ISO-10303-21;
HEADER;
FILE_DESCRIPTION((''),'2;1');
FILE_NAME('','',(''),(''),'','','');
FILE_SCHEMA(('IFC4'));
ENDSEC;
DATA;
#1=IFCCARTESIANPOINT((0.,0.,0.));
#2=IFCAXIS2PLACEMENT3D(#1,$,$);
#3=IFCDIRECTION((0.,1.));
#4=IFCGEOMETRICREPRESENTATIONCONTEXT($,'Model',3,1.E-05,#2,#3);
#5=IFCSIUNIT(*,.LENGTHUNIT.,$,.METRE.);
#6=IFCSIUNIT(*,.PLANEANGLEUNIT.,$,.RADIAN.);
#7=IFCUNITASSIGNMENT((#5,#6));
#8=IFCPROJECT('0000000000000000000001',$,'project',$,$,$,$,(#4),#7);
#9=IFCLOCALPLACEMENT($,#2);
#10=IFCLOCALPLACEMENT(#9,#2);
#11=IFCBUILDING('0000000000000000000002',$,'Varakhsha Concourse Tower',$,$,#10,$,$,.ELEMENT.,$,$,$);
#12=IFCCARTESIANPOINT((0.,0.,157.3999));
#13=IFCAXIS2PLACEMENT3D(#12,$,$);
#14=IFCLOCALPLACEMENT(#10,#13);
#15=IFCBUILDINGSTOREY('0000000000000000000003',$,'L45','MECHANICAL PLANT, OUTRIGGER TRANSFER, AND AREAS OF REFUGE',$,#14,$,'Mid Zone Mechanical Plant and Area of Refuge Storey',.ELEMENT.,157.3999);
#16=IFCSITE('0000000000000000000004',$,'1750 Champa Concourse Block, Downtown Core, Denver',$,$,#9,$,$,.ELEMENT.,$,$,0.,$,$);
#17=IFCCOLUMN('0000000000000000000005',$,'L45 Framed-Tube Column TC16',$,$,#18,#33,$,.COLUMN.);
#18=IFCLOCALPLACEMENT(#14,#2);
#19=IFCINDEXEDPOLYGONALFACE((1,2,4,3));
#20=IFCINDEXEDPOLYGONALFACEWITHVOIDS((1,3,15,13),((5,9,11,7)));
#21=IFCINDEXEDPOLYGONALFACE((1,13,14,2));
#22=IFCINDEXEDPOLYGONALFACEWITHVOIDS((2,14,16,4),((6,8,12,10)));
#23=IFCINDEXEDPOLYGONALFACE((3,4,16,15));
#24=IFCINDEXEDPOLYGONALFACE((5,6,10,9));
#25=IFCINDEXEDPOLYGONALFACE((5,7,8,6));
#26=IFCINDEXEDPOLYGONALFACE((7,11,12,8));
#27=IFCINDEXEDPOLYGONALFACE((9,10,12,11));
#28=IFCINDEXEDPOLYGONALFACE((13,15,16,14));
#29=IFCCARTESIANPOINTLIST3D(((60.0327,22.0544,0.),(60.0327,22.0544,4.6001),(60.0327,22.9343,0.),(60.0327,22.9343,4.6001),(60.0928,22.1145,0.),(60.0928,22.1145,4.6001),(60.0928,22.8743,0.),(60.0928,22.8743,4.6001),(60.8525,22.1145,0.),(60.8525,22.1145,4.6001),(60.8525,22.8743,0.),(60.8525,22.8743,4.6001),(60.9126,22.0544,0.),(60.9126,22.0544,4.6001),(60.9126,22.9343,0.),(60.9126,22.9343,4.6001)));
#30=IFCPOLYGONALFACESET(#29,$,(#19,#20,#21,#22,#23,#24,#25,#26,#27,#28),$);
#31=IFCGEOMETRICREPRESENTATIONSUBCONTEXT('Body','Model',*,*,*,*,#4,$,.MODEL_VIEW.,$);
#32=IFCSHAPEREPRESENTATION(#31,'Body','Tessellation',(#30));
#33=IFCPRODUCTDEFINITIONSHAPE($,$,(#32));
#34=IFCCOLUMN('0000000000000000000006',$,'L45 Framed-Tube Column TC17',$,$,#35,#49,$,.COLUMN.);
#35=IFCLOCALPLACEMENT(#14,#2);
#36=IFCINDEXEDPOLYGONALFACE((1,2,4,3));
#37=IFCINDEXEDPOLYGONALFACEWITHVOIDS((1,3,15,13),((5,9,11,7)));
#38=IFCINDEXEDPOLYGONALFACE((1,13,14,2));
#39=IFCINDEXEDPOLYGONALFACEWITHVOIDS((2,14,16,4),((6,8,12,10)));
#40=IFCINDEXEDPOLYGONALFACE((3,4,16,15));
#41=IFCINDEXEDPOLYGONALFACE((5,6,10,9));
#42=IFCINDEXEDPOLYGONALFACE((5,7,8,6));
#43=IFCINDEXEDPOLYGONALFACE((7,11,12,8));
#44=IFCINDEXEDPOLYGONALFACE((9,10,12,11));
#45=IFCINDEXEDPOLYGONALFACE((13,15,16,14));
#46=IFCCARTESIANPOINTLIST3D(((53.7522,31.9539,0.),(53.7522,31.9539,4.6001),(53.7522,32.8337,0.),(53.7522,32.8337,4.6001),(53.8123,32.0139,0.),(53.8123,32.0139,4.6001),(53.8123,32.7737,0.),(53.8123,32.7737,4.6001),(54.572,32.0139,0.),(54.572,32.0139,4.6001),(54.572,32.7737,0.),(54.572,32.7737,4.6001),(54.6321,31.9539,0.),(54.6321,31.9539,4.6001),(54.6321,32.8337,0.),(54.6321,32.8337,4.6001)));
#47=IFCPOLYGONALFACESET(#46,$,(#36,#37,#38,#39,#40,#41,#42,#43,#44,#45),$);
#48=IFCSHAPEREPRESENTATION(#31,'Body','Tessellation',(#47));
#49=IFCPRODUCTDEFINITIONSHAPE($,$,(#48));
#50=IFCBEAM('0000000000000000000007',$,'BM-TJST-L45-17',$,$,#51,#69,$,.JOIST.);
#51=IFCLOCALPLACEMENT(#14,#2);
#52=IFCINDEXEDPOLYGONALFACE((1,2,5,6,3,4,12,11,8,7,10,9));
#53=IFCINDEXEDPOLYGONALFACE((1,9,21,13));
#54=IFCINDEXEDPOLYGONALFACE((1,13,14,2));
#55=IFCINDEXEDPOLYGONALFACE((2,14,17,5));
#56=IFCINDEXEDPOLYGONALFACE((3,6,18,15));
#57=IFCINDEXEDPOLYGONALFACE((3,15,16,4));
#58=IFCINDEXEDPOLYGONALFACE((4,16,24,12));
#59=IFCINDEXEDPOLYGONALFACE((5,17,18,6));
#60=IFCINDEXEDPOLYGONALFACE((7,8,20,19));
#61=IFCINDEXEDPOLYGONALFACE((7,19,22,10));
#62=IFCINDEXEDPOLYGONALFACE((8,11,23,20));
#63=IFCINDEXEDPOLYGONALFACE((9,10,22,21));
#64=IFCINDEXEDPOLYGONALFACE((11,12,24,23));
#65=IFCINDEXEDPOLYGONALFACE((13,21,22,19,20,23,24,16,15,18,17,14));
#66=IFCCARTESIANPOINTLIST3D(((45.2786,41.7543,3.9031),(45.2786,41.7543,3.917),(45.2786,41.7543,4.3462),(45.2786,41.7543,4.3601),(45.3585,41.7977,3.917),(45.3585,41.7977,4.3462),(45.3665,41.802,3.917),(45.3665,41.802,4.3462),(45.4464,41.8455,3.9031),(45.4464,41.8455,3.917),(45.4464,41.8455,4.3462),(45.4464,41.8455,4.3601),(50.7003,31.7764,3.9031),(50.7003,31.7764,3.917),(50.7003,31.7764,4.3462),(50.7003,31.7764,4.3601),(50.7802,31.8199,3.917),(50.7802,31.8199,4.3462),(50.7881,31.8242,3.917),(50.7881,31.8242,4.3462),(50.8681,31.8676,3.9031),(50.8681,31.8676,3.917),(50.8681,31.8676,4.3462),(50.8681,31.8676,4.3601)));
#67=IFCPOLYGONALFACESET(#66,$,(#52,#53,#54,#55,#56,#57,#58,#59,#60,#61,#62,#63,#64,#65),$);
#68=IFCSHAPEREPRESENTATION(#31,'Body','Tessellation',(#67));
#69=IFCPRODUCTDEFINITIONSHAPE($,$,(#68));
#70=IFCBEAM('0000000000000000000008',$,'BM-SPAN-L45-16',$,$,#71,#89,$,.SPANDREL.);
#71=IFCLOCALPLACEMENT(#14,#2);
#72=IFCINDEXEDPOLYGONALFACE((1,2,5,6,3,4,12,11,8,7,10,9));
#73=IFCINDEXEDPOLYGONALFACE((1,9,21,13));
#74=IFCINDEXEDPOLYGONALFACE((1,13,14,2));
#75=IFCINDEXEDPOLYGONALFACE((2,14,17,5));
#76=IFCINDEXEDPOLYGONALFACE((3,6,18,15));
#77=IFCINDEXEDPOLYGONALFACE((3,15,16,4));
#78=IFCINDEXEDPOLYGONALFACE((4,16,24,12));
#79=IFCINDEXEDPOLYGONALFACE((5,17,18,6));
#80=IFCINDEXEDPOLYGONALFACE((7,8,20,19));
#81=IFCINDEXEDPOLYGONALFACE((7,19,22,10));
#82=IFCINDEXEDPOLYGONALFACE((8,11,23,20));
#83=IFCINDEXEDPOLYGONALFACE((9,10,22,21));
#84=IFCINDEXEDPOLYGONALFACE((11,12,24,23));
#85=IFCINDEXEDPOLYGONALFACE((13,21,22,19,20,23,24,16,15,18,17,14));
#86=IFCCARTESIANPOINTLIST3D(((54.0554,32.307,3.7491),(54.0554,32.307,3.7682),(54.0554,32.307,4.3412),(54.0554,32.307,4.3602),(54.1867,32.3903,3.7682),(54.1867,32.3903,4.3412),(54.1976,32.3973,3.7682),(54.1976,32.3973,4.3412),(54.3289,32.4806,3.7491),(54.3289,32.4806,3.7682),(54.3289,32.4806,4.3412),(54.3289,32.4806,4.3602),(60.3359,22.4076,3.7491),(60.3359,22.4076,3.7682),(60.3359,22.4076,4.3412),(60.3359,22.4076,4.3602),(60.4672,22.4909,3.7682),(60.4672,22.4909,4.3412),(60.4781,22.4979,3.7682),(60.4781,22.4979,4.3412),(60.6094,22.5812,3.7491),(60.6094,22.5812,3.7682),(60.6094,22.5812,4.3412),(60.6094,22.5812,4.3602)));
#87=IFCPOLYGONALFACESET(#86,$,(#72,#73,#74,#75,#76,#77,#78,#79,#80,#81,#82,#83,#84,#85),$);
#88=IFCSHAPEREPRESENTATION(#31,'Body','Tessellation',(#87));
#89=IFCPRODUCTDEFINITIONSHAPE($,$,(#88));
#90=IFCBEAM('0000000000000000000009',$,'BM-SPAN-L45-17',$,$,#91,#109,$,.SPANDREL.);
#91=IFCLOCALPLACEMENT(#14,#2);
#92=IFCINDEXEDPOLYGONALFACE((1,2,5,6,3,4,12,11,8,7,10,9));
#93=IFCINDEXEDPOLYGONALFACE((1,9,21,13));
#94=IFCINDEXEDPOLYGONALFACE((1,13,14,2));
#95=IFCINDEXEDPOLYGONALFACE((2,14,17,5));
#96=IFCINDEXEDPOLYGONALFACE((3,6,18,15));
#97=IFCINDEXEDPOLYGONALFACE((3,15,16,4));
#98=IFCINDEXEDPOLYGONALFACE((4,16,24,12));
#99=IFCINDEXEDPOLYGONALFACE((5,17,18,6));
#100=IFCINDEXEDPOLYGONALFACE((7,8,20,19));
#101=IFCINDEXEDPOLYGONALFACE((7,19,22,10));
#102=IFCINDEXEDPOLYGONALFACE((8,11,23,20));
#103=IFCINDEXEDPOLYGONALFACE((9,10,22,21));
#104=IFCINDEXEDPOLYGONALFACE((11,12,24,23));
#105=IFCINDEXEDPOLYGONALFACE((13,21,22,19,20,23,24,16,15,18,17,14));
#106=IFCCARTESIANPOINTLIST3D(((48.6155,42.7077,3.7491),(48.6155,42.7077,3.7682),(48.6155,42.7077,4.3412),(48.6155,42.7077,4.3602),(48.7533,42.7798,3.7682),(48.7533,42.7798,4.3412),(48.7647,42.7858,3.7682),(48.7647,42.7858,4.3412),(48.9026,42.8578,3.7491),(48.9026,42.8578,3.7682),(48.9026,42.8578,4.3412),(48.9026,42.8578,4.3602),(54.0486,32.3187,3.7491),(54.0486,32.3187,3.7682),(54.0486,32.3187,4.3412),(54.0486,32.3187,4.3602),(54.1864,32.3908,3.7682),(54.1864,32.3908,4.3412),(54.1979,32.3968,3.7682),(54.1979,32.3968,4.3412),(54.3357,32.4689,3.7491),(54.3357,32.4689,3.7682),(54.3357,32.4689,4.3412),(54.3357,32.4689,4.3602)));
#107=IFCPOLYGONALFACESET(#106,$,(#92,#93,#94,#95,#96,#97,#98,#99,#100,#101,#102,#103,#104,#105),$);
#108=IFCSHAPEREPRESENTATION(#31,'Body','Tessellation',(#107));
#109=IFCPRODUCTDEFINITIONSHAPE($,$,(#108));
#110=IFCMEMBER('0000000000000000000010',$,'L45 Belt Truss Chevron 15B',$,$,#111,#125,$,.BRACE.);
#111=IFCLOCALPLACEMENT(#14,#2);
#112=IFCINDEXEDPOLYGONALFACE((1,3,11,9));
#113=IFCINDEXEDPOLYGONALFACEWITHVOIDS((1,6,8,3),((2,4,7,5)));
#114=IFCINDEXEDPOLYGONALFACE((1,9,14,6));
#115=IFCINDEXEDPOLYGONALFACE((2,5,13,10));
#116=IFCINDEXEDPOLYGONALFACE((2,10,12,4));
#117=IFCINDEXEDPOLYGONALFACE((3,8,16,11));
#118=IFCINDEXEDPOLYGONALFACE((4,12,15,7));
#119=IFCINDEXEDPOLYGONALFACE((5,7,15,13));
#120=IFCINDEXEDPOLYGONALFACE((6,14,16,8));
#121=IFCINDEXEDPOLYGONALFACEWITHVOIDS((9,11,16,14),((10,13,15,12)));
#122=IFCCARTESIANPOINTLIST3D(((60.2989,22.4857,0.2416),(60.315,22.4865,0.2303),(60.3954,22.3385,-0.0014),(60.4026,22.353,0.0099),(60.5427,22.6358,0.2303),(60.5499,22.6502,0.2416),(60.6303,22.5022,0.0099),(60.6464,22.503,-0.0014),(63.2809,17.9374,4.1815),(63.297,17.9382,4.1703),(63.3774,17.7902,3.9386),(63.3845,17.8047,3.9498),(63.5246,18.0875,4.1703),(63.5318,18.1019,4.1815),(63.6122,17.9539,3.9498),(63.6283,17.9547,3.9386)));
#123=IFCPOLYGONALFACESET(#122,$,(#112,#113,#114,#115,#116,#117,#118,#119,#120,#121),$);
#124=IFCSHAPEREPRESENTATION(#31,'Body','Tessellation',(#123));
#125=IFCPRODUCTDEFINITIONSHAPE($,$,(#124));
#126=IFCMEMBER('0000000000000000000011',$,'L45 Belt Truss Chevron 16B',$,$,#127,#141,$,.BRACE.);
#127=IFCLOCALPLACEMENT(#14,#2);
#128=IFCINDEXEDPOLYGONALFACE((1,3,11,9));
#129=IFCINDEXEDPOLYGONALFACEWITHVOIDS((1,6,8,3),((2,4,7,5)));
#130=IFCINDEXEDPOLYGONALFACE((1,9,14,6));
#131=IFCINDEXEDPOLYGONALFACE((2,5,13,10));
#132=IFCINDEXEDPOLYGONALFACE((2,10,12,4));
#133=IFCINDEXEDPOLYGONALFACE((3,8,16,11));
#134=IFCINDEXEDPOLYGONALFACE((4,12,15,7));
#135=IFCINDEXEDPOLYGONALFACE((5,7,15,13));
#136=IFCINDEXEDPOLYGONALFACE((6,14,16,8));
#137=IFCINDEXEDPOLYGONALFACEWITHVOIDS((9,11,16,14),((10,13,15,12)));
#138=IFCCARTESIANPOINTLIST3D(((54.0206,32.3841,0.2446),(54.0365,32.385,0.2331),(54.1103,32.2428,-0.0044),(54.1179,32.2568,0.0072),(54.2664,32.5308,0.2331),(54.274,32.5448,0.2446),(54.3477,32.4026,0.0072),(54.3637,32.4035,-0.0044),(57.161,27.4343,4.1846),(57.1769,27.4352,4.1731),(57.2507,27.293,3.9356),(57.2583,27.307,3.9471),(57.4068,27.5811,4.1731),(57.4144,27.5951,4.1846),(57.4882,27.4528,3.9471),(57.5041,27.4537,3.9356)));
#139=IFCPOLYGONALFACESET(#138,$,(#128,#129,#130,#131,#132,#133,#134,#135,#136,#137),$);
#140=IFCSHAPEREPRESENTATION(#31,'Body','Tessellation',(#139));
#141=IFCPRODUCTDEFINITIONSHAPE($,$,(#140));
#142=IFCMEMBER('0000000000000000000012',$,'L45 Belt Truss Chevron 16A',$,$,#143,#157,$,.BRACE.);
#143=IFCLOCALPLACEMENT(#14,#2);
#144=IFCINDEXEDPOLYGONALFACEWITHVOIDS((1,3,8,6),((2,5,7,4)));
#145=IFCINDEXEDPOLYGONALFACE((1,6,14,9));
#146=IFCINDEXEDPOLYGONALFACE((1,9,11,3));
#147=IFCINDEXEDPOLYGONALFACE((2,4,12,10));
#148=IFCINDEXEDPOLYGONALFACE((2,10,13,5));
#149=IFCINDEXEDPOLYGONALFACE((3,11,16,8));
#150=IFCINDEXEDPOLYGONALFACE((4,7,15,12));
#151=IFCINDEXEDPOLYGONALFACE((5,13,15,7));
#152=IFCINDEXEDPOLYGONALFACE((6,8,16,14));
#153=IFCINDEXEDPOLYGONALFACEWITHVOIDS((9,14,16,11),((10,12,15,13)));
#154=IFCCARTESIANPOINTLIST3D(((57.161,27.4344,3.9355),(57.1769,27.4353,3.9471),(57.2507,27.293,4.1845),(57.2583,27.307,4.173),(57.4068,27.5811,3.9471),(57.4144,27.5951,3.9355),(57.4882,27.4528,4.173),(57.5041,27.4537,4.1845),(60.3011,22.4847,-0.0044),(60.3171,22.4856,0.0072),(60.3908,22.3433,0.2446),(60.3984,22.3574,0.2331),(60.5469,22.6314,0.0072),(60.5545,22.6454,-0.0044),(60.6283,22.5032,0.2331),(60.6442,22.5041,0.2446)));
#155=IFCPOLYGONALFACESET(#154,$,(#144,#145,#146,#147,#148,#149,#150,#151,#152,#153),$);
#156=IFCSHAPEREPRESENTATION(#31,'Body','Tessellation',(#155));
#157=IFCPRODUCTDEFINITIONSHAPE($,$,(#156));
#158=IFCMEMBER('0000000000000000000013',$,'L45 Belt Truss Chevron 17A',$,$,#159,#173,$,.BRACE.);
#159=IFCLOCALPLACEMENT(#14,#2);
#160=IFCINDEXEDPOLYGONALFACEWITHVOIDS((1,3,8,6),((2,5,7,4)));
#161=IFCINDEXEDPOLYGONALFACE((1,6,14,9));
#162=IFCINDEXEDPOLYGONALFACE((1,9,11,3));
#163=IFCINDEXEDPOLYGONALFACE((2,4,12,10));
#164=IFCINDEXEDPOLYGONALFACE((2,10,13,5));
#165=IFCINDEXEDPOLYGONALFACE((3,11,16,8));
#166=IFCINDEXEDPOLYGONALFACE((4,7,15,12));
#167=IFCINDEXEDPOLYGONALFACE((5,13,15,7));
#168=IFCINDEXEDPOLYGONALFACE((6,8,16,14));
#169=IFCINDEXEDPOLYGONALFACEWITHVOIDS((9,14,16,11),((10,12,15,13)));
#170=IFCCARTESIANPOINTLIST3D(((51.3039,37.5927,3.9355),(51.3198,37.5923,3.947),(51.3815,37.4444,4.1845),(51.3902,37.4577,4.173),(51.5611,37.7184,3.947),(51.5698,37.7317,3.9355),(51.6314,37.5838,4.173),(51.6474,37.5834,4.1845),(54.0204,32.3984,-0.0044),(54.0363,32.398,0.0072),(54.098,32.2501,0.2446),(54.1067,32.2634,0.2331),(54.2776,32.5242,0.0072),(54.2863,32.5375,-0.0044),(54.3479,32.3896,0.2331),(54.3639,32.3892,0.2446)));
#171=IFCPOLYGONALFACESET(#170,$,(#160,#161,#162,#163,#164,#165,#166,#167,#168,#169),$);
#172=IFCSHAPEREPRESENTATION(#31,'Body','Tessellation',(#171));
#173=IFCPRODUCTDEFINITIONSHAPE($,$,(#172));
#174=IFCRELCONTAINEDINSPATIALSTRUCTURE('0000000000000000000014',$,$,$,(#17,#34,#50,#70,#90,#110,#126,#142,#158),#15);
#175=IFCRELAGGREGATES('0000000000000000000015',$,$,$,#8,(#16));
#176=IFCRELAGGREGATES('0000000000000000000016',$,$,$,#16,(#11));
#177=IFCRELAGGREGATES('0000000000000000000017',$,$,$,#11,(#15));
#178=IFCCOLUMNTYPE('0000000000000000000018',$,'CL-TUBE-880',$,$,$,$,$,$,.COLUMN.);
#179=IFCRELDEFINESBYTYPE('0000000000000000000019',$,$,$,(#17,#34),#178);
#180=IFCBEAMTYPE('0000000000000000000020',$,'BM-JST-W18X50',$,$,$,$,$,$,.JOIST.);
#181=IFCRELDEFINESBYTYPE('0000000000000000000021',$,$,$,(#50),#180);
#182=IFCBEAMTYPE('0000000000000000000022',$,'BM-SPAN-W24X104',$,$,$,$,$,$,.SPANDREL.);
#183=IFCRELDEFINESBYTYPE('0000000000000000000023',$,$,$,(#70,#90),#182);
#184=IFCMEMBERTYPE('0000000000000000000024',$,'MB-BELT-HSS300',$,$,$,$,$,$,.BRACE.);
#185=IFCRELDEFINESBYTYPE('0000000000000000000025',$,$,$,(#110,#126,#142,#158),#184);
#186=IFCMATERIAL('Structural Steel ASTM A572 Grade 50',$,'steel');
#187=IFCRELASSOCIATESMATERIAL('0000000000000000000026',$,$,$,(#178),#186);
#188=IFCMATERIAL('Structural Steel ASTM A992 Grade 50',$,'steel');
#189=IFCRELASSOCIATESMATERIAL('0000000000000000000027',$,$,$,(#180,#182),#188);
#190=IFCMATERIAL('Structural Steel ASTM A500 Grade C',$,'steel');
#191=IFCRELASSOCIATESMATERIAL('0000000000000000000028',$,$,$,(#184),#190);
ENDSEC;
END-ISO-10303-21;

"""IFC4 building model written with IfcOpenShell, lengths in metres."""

from ifc_helpers import new_model, si_unit, direction, frame, origin, origin_2d, place, context, subcontext, project, spatial, hollow_rectangle, i_section, extrude, source, transform, mapped, material, material_profile, profile_set, type_object, type_shapes, element, save


model = new_model("IFC4")

# Units and contexts
model_context = context("Model", 3, precision=1e-05, world=origin(), true_north=direction((0.0, 1.0)))
body_context = subcontext(model_context, "Body", "Model", "MODEL_VIEW")
ifc_project = project(units=[si_unit("LENGTHUNIT", "METRE"), si_unit("PLANEANGLEUNIT", "RADIAN")], contexts=[model_context])

# Site, building, storey
site_placement = place(None, origin())
site = spatial("IfcSite", under=ifc_project, at=site_placement, Name="1750 Champa Concourse Block, Downtown Core, Denver", CompositionType="ELEMENT", RefElevation=0.0)
building_placement = place(site_placement, origin())
building = spatial("IfcBuilding", under=site, at=building_placement, Name="Varakhsha Concourse Tower", CompositionType="ELEMENT")
storey_placement = place(building_placement, frame((0.0, 0.0, 157.3999)))
storey = spatial("IfcBuildingStorey", under=building, at=storey_placement, Name="L45", Description="MECHANICAL PLANT, OUTRIGGER TRANSFER, AND AREAS OF REFUGE", LongName="Mid Zone Mechanical Plant and Area of Refuge Storey", CompositionType="ELEMENT", Elevation=157.3999)

# Columns
ifc_material_1 = material(Name="Structural Steel ASTM A572 Grade 50", Category="steel")
ifc_material_profile_1 = material_profile(ifc_material_1, hollow_rectangle(XDim=0.8799, YDim=0.8799, WallThickness=0.0601, at=origin_2d()), Name="BOX 880x880x60")
ifc_profile_set_1 = profile_set([ifc_material_profile_1], Name="Structural Steel ASTM A572 Grade 50")
column_type = type_object("IfcColumnType", Name="CL-TUBE-880", PredefinedType="COLUMN", material=ifc_profile_set_1)
for number, where, z_axis, x_axis, name in (
    (1, (60.4727, 22.4944, 0.0), (0.0, 0.0, 1.0), (1.0, 0.0, 0.0), "L45 Framed-Tube Column TC16"),
    (2, (54.1921, 32.3938, 0.0), (0.0, 0.0, 1.0), (1.0, 0.0, 0.0), "L45 Framed-Tube Column TC17"),
):
    element("IfcColumn", number, at=place(storey_placement, frame(where, z_axis=z_axis, x_axis=x_axis)), inside=storey, type_object=column_type, Name=name, PredefinedType="COLUMN", context=body_context, shape_type="SweptSolid", body=[
        extrude(hollow_rectangle(XDim=0.8799, YDim=0.8799, WallThickness=0.0601, at=origin_2d()), origin(), (0.0, 0.0, 1.0), 4.6001),
    ])

# Beams
ifc_material_2 = material(Name="Structural Steel ASTM A992 Grade 50", Category="steel")
ifc_material_profile_2 = material_profile(ifc_material_2, i_section(OverallWidth=0.1909, OverallDepth=0.457, WebThickness=0.009, FlangeThickness=0.0139, at=origin_2d()), Name="W18X50")
ifc_profile_set_2 = profile_set([ifc_material_profile_2], Name="Structural Steel ASTM A992 Grade 50")
beam_type_1 = type_object("IfcBeamType", Name="BM-JST-W18X50", PredefinedType="JOIST", material=ifc_profile_set_2)
beam_1_placement = place(storey_placement, frame((50.7842, 31.822, 4.1316), z_axis=(-0.47744, 0.878664, 0.0), x_axis=(-0.878664, -0.47744, 0.0)))
element("IfcBeam", 3, at=beam_1_placement, inside=storey, type_object=beam_type_1, Name="BM-TJST-L45-17", PredefinedType="JOIST", context=body_context, shape_type="SweptSolid", body=[
    extrude(i_section(OverallWidth=0.1909, OverallDepth=0.457, WebThickness=0.009, FlangeThickness=0.0139, at=origin_2d()), origin(), (0.0, 0.0, 1.0), 11.3557),
])
ifc_material_profile_3 = material_profile(ifc_material_2, i_section(OverallWidth=0.324, OverallDepth=0.6111, WebThickness=0.0129, FlangeThickness=0.019, at=origin_2d()), Name="W24X104")
ifc_profile_set_3 = profile_set([ifc_material_profile_3], Name="Structural Steel ASTM A992 Grade 50")
beam_type_2 = type_object("IfcBeamType", Name="BM-SPAN-W24X104", PredefinedType="SPANDREL", material=ifc_profile_set_3)
beam_2_placement = place(storey_placement, frame((60.4727, 22.4944, 4.0547), z_axis=(-0.535715, 0.844399, 0.0), x_axis=(-0.844399, -0.535715, 0.0)))
element("IfcBeam", 4, at=beam_2_placement, inside=storey, type_object=beam_type_2, Name="BM-SPAN-L45-16", PredefinedType="SPANDREL", context=body_context, shape_type="SweptSolid", body=[
    extrude(i_section(OverallWidth=0.324, OverallDepth=0.6111, WebThickness=0.0129, FlangeThickness=0.019, at=origin_2d()), origin(), (0.0, 0.0, 1.0), 11.7236),
])
beam_3_placement = place(storey_placement, frame((54.1921, 32.3938, 4.0547), z_axis=(-0.463424, 0.886137, 0.0), x_axis=(-0.886137, -0.463424, 0.0)))
element("IfcBeam", 5, at=beam_3_placement, inside=storey, type_object=beam_type_2, Name="BM-SPAN-L45-17", PredefinedType="SPANDREL", context=body_context, shape_type="SweptSolid", body=[
    extrude(i_section(OverallWidth=0.324, OverallDepth=0.6111, WebThickness=0.0129, FlangeThickness=0.019, at=origin_2d()), origin(), (0.0, 0.0, 1.0), 11.7239),
])

# Members
ifc_material_3 = material(Name="Structural Steel ASTM A500 Grade C", Category="steel")
ifc_material_profile_4 = material_profile(ifc_material_3, hollow_rectangle(XDim=0.3, YDim=0.3, WallThickness=0.0139, at=origin_2d()), Name="HSS 300x300x14")
ifc_profile_set_4 = profile_set([ifc_material_profile_4], Name="Structural Steel ASTM A500 Grade C")
member_type_1 = type_object("IfcMemberType", Name="MB-BELT-HSS300", PredefinedType="BRACE", material=ifc_profile_set_4)
shared_shape_1 = source(origin(), body_context, "Body", "SweptSolid", [
    extrude(hollow_rectangle(XDim=0.3, YDim=0.3, WallThickness=0.0139, at=origin_2d()), origin(), (0.0, 0.0, 1.0), 6.7158),
])
member_1_placement = place(storey_placement, frame((60.4727, 22.4944, 0.1201), z_axis=(0.444015, -0.677256, 0.586664), x_axis=(0.836294, 0.548282, 0.0)))
element("IfcMember", 6, at=member_1_placement, inside=storey, type_object=member_type_1, Name="L45 Belt Truss Chevron 15B", PredefinedType="BRACE", context=body_context, shape_type="MappedRepresentation", body=[
    mapped(shared_shape_1, transform((0.0, 0.0, 0.0), scale=1.0)),
])
shared_shape_2 = source(origin(), body_context, "Body", "SweptSolid", [
    extrude(hollow_rectangle(XDim=0.3, YDim=0.3, WallThickness=0.0139, at=origin_2d()), origin(), (0.0, 0.0, 1.0), 7.063),
])
member_2_placement = place(storey_placement, frame((54.1921, 32.3938, 0.1201), z_axis=(0.44463, -0.700803, 0.557835), x_axis=(0.84439, 0.53573, 0.0)))
element("IfcMember", 7, at=member_2_placement, inside=storey, type_object=member_type_1, Name="L45 Belt Truss Chevron 16B", PredefinedType="BRACE", context=body_context, shape_type="MappedRepresentation", body=[
    mapped(shared_shape_2, transform((0.0, 0.0, 0.0), scale=1.0)),
])
shared_shape_3 = source(origin(), body_context, "Body", "SweptSolid", [
    extrude(hollow_rectangle(XDim=0.3, YDim=0.3, WallThickness=0.0139, at=origin_2d()), origin(), (0.0, 0.0, 1.0), 7.0627),
])
type_shapes(member_type_1, [shared_shape_1, shared_shape_2, shared_shape_3])
for number, where, z_axis, x_axis, name in (
    (8, (60.4727, 22.4944, 0.1201), (-0.444602, 0.700813, 0.557844), (-0.844408, -0.5357, 0.0), "L45 Belt Truss Chevron 16A"),
    (9, (54.1921, 32.3938, 0.1201), (-0.384625, 0.735444, 0.55784), (-0.886132, -0.463433, 0.0), "L45 Belt Truss Chevron 17A"),
):
    element("IfcMember", number, at=place(storey_placement, frame(where, z_axis=z_axis, x_axis=x_axis)), inside=storey, type_object=member_type_1, Name=name, PredefinedType="BRACE", context=body_context, shape_type="MappedRepresentation", body=[
        mapped(shared_shape_3, transform((0.0, 0.0, 0.0), scale=1.0)),
    ])

save(model, "model.ifc")
